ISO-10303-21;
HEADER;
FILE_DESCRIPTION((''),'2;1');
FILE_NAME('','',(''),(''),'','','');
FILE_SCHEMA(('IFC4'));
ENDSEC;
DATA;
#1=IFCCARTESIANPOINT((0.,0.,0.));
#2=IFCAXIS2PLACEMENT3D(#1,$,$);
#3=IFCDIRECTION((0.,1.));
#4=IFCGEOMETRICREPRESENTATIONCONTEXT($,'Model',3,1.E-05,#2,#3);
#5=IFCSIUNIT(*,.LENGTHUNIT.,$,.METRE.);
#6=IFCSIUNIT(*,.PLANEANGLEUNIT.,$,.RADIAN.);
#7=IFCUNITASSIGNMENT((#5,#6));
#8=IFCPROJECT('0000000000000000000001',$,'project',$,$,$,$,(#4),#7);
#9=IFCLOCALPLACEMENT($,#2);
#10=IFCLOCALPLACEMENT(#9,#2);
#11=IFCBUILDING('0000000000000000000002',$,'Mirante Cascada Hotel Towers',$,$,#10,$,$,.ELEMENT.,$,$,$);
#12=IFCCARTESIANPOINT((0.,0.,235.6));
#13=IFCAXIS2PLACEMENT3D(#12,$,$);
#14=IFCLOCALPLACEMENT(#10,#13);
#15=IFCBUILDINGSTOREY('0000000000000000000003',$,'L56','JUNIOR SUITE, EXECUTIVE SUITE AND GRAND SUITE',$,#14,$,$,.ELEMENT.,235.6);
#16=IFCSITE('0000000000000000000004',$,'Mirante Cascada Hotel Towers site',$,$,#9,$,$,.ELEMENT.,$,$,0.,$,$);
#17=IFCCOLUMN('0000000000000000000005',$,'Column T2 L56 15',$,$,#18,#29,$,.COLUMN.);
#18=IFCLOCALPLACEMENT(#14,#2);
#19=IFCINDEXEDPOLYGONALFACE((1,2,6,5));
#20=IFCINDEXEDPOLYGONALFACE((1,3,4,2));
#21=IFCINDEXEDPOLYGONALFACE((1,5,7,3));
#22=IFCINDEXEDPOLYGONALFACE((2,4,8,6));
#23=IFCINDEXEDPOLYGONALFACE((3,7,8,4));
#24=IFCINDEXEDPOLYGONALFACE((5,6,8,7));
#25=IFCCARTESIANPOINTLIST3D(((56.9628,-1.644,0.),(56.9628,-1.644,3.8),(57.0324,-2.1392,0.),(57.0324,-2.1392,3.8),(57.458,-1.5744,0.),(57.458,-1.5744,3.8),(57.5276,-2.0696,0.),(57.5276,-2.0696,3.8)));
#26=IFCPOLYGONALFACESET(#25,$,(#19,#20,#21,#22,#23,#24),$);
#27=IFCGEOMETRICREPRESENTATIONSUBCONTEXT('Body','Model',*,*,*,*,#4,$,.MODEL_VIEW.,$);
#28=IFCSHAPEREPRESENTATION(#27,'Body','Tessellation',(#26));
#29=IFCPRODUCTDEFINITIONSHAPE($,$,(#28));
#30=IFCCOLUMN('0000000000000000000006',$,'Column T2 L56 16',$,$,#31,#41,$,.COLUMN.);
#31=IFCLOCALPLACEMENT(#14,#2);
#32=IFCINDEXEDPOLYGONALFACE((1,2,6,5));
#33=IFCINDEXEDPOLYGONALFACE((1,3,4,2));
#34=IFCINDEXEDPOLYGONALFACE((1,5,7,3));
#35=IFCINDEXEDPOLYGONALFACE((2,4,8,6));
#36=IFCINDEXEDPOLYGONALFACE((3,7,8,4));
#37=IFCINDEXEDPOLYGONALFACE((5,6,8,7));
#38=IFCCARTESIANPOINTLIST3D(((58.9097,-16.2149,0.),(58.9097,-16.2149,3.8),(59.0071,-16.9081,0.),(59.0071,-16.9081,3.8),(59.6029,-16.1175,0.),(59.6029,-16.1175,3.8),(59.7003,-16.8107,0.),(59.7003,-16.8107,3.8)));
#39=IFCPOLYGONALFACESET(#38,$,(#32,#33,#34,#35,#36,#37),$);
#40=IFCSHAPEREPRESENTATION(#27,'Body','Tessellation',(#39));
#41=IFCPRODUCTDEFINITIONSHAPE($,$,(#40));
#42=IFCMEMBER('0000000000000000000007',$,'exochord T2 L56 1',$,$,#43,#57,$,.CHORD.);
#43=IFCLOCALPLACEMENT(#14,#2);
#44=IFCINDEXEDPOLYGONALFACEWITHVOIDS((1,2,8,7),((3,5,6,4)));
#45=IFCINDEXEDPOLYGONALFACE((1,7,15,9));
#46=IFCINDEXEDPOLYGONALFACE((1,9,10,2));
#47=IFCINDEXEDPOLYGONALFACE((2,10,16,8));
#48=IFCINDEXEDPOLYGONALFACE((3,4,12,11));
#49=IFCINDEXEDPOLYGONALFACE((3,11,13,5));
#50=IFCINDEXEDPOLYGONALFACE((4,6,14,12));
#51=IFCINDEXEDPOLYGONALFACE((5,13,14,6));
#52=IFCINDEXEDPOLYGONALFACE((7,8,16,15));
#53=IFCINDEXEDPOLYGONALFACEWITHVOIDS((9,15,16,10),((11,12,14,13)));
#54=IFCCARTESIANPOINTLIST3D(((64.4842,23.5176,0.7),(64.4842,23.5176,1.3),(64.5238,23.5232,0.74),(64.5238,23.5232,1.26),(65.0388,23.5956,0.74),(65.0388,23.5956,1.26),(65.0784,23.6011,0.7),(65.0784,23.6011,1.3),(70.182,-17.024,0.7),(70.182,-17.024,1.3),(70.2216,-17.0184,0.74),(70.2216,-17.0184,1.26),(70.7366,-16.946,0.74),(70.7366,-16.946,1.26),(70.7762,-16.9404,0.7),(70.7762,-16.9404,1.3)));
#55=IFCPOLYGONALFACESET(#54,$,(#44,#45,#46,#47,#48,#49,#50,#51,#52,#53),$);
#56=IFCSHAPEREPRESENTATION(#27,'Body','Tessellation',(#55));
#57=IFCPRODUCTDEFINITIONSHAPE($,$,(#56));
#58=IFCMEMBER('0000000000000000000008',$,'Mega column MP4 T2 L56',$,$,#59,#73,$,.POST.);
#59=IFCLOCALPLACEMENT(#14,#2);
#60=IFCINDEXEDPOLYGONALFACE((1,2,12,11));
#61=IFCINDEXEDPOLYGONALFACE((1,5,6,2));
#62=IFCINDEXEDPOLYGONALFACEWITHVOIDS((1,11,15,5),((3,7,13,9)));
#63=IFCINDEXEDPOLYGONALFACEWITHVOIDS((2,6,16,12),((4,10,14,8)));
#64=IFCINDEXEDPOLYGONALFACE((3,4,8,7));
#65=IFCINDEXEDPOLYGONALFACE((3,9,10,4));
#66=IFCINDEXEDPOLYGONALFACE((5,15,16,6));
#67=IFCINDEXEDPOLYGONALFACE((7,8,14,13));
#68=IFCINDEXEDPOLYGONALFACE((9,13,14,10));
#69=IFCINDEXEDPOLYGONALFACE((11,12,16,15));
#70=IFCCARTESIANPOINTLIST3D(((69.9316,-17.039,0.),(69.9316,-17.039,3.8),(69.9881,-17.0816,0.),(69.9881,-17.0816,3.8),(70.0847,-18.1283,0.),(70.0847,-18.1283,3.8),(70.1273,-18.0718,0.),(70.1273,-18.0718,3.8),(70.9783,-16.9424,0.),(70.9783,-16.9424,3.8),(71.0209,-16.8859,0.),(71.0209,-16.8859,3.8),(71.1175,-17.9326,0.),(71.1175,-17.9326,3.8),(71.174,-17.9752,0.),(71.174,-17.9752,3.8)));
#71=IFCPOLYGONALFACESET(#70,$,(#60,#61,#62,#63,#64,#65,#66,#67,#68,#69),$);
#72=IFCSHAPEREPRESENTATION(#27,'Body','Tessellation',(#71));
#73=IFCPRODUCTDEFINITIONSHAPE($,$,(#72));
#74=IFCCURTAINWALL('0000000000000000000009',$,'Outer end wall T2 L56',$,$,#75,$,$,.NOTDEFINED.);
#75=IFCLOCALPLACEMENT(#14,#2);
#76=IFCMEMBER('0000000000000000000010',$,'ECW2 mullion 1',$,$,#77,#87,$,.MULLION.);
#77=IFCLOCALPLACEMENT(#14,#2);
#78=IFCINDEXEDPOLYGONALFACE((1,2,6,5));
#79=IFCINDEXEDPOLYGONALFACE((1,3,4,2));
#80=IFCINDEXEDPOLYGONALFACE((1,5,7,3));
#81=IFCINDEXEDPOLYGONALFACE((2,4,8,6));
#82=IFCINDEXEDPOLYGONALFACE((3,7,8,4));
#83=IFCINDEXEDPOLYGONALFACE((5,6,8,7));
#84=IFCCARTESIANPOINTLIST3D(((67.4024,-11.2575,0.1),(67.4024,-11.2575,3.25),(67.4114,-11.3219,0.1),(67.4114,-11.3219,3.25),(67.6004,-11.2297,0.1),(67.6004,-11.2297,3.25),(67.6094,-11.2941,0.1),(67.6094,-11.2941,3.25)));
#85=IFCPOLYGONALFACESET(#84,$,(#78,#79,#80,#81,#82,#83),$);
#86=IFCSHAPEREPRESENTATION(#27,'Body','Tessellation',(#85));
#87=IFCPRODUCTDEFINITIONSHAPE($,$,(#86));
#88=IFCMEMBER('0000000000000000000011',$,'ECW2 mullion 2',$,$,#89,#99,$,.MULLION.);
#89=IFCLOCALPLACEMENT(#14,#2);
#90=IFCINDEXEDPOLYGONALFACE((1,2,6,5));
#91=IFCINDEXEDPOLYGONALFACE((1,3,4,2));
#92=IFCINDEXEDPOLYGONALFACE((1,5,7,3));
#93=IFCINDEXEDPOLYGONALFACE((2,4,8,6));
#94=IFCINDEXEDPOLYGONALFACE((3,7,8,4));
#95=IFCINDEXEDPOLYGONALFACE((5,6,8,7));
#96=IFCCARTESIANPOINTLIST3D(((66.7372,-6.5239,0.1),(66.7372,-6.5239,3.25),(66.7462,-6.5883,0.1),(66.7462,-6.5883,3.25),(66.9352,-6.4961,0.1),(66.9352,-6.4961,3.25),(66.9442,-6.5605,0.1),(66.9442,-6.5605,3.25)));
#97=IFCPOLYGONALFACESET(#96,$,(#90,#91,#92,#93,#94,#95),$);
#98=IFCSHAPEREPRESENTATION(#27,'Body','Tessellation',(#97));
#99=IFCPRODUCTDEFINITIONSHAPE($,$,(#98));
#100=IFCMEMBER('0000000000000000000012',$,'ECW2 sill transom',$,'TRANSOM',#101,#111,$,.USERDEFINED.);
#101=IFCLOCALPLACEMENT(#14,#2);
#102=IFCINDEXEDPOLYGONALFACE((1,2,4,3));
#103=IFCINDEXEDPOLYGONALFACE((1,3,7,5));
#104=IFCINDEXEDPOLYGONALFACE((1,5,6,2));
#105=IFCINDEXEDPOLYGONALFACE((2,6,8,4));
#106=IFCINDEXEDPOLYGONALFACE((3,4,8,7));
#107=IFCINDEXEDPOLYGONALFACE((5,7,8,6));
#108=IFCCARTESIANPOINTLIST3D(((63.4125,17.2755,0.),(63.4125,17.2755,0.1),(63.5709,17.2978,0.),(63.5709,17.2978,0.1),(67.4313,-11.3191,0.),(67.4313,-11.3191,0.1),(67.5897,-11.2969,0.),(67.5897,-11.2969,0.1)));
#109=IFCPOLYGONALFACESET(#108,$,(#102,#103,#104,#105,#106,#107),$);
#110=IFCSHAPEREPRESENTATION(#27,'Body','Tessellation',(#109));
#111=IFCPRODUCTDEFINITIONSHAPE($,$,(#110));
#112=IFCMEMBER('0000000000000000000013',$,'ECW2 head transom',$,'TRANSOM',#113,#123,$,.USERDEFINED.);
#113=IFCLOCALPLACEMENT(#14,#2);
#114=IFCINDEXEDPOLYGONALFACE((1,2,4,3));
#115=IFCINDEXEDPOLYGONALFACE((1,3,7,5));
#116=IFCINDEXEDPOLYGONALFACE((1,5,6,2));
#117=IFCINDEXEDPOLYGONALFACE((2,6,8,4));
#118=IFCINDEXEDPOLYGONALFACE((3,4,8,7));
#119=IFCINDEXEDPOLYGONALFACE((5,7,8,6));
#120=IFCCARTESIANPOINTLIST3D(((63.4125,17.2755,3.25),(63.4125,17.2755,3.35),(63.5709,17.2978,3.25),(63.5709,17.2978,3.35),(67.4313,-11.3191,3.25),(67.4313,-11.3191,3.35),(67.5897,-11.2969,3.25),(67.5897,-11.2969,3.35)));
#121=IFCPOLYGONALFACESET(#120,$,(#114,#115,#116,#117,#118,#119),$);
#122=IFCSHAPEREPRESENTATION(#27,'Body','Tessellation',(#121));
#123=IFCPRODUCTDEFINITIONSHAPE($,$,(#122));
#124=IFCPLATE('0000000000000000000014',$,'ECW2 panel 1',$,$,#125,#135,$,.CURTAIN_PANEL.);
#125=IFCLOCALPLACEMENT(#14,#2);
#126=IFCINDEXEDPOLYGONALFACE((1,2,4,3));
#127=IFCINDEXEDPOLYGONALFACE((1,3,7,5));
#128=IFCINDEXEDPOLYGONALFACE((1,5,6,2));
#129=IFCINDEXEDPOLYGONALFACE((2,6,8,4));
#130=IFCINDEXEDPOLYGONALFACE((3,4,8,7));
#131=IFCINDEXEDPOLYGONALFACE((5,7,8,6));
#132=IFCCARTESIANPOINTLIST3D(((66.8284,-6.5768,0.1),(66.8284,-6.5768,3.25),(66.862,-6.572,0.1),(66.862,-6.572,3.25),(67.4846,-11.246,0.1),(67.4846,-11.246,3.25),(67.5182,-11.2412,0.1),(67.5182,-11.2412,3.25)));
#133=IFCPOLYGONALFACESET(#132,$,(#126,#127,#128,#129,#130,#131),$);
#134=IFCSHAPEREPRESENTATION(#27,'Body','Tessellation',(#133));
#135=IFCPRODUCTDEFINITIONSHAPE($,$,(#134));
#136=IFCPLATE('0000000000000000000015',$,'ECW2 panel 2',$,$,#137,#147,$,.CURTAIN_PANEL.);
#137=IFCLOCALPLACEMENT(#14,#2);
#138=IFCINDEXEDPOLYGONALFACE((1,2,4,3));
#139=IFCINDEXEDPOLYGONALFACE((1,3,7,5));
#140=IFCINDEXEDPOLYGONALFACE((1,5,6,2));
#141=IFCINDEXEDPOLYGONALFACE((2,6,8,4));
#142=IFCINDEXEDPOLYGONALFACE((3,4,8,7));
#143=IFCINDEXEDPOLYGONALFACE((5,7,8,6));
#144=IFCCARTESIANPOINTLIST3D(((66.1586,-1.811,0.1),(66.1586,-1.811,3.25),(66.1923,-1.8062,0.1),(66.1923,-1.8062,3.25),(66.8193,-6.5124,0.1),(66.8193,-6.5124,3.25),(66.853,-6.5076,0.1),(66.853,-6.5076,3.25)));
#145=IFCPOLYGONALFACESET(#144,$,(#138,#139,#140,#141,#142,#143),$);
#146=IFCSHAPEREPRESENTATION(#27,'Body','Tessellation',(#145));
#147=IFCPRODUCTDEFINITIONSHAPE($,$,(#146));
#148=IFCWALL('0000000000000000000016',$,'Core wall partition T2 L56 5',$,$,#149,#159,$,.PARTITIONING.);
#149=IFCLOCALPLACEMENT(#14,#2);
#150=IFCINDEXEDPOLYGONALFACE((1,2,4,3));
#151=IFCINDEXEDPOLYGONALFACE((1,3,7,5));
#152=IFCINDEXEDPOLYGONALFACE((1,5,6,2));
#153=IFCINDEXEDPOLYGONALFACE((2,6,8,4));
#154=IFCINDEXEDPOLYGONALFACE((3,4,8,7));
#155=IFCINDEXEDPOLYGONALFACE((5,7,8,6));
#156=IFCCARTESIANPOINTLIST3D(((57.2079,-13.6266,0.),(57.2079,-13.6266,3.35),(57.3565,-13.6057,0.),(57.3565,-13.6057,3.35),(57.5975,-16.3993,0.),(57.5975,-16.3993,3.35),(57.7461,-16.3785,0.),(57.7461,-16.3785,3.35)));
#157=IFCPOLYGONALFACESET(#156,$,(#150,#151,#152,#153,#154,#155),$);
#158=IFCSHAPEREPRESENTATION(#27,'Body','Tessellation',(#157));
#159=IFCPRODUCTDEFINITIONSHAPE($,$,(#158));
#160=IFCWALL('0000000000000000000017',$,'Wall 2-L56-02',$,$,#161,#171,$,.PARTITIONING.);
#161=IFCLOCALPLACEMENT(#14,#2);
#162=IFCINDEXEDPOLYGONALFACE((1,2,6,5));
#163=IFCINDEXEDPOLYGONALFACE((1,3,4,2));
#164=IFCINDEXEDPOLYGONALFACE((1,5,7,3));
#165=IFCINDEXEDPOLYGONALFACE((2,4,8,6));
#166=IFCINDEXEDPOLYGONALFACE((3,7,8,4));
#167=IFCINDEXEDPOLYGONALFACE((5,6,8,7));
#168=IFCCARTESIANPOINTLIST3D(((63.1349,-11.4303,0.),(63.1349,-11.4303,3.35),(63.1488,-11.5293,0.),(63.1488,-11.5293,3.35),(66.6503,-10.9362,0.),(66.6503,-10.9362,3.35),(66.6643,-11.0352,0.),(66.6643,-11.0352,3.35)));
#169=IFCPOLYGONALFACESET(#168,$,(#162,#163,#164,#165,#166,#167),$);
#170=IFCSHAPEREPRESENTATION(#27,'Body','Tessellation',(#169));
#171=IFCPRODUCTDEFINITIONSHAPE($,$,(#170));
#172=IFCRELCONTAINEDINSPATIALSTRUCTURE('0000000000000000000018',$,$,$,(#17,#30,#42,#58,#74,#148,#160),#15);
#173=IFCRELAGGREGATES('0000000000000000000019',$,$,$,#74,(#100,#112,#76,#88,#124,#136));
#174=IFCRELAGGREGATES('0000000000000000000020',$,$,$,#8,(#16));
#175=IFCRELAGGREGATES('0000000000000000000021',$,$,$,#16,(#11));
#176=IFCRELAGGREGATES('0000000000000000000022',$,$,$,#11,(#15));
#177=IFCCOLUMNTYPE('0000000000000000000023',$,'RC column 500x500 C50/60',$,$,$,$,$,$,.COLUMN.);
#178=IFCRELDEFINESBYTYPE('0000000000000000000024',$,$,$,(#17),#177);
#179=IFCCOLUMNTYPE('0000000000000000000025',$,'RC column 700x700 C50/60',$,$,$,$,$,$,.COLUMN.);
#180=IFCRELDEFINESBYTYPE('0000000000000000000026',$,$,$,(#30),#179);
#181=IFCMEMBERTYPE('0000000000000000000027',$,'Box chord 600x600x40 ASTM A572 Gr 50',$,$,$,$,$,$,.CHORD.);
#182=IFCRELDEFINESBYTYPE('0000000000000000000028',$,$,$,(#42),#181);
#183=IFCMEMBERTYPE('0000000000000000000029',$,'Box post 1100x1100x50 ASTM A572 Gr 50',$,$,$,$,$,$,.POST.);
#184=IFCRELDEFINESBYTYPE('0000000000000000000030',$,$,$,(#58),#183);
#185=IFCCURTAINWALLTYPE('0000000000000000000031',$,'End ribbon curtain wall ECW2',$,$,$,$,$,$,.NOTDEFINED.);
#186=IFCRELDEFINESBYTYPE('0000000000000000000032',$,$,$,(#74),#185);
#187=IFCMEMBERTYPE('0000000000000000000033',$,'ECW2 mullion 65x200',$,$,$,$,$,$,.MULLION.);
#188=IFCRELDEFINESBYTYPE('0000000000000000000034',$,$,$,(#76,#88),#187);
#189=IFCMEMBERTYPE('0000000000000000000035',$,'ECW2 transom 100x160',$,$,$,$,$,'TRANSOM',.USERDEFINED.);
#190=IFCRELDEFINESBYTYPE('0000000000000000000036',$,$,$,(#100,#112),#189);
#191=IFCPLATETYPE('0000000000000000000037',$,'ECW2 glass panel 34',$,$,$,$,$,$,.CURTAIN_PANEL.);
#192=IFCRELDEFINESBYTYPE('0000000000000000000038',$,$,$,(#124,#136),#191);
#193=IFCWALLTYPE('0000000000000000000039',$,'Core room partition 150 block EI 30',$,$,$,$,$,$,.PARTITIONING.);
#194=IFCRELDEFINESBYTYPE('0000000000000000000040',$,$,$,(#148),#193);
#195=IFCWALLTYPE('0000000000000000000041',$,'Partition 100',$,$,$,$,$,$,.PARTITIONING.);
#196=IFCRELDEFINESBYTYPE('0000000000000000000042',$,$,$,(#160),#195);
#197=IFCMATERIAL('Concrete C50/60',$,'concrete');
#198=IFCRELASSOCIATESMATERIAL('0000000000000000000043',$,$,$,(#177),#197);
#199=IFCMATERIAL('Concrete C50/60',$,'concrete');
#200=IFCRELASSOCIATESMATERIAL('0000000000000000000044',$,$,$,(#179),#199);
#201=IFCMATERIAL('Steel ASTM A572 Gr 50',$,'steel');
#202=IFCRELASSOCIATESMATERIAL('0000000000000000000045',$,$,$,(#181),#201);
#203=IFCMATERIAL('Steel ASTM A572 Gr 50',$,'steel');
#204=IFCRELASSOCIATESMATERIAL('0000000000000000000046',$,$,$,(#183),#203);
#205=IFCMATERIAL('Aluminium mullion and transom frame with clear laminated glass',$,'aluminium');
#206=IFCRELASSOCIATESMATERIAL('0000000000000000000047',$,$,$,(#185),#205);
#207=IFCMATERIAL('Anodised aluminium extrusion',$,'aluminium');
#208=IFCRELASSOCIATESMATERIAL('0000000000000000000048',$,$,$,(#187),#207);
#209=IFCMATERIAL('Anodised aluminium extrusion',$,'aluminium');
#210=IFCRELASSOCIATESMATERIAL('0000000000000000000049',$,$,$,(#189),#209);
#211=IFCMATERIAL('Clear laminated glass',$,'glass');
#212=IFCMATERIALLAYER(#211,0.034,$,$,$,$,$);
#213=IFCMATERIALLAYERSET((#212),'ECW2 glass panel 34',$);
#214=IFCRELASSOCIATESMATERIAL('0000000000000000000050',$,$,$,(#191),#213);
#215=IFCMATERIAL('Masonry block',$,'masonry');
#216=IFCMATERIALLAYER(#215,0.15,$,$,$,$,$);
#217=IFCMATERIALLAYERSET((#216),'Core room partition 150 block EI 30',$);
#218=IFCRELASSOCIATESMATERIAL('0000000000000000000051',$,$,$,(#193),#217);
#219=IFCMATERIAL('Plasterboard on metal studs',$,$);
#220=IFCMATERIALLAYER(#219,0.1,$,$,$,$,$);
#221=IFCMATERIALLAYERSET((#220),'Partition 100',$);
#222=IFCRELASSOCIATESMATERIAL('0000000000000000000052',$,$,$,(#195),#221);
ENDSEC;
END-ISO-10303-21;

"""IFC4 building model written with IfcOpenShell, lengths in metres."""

from ifc_helpers import new_model, si_unit, direction, frame, frame_2d, origin, origin_2d, place, context, subcontext, project, spatial, rectangle, hollow_rectangle, extrude, material, layer, layer_set, material_profile, profile_set, type_object, element, aggregate, save


model = new_model("IFC4")

# Units and contexts
model_context = context("Model", 3, precision=1e-05, world=origin(), true_north=direction((0.0, 1.0)))
body_context = subcontext(model_context, "Body", "Model", "MODEL_VIEW")
ifc_project = project(units=[si_unit("LENGTHUNIT", "METRE"), si_unit("PLANEANGLEUNIT", "RADIAN")], contexts=[model_context])

# Site, building, storey
site_placement = place(None, origin())
site = spatial("IfcSite", under=ifc_project, at=site_placement, Name="Mirante Cascada Hotel Towers site", CompositionType="ELEMENT", RefElevation=0.0)
building_placement = place(site_placement, origin())
building = spatial("IfcBuilding", under=site, at=building_placement, Name="Mirante Cascada Hotel Towers", CompositionType="ELEMENT")
storey_placement = place(building_placement, frame((0.0, 0.0, 235.6)))
storey = spatial("IfcBuildingStorey", under=building, at=storey_placement, Name="L56", Description="JUNIOR SUITE, EXECUTIVE SUITE AND GRAND SUITE", CompositionType="ELEMENT", Elevation=235.6)

# Columns
ifc_material_1 = material(Name="Concrete C50/60", Category="concrete")
ifc_material_profile_1 = material_profile(ifc_material_1, rectangle(XDim=0.5, YDim=0.5, at=origin_2d()), Name="RC column 500x500 C50/60")
ifc_profile_set_1 = profile_set([ifc_material_profile_1], Name="Concrete C50/60")
column_type_1 = type_object("IfcColumnType", Name="RC column 500x500 C50/60", PredefinedType="COLUMN", material=ifc_profile_set_1)
column_1_placement = place(storey_placement, frame((57.2452, -1.8568, 0.0), z_axis=(0.0, 0.0, 1.0), x_axis=(0.990268, 0.139173, 0.0)))
element("IfcColumn", 1, at=column_1_placement, inside=storey, type_object=column_type_1, Name="Column T2 L56 15", PredefinedType="COLUMN", context=body_context, shape_type="SweptSolid", body=[
    extrude(rectangle(XDim=0.5, YDim=0.5, at=origin_2d()), origin(), (0.0, 0.0, 1.0), 3.8),
])
ifc_material_2 = material(Name="Concrete C50/60", Category="concrete")
ifc_material_profile_2 = material_profile(ifc_material_2, rectangle(XDim=0.7, YDim=0.7, at=origin_2d()), Name="RC column 700x700 C50/60")
ifc_profile_set_2 = profile_set([ifc_material_profile_2], Name="Concrete C50/60")
column_type_2 = type_object("IfcColumnType", Name="RC column 700x700 C50/60", PredefinedType="COLUMN", material=ifc_profile_set_2)
column_2_placement = place(storey_placement, frame((59.305, -16.5128, 0.0), z_axis=(0.0, 0.0, 1.0), x_axis=(0.990268, 0.139173, 0.0)))
element("IfcColumn", 2, at=column_2_placement, inside=storey, type_object=column_type_2, Name="Column T2 L56 16", PredefinedType="COLUMN", context=body_context, shape_type="SweptSolid", body=[
    extrude(rectangle(XDim=0.7, YDim=0.7, at=origin_2d()), origin(), (0.0, 0.0, 1.0), 3.8),
])

# Members
ifc_material_3 = material(Name="Steel ASTM A572 Gr 50", Category="steel")
ifc_material_profile_3 = material_profile(ifc_material_3, hollow_rectangle(XDim=0.6, YDim=0.6, WallThickness=0.04, at=origin_2d()), Name="Box chord 600x600x40 ASTM A572 Gr 50")
ifc_profile_set_3 = profile_set([ifc_material_profile_3], Name="Steel ASTM A572 Gr 50")
member_type_1 = type_object("IfcMemberType", Name="Box chord 600x600x40 ASTM A572 Gr 50", PredefinedType="CHORD", material=ifc_profile_set_3)
member_1_placement = place(storey_placement, frame((70.4791, -16.9822, 1.0), z_axis=(-0.139174, 0.990268, 0.0), x_axis=(-0.990268, -0.139174, 0.0)))
element("IfcMember", 3, at=member_1_placement, inside=storey, type_object=member_type_1, Name="exochord T2 L56 1", PredefinedType="CHORD", context=body_context, shape_type="SweptSolid", body=[
    extrude(hollow_rectangle(XDim=0.6, YDim=0.6, WallThickness=0.04, at=origin_2d()), origin(), (0.0, 0.0, 1.0), 40.94),
])
ifc_material_4 = material(Name="Steel ASTM A572 Gr 50", Category="steel")
ifc_material_profile_4 = material_profile(ifc_material_4, hollow_rectangle(XDim=1.1, YDim=1.1, WallThickness=0.05, at=origin_2d()), Name="Box post 1100x1100x50 ASTM A572 Gr 50")
ifc_profile_set_4 = profile_set([ifc_material_profile_4], Name="Steel ASTM A572 Gr 50")
member_type_2 = type_object("IfcMemberType", Name="Box post 1100x1100x50 ASTM A572 Gr 50", PredefinedType="POST", material=ifc_profile_set_4)
member_2_placement = place(storey_placement, frame((70.5528, -17.5071, 0.0), z_axis=(0.0, 0.0, 1.0), x_axis=(0.990268, 0.139173, 0.0)))
element("IfcMember", 4, at=member_2_placement, inside=storey, type_object=member_type_2, Name="Mega column MP4 T2 L56", PredefinedType="POST", context=body_context, shape_type="SweptSolid", body=[
    extrude(hollow_rectangle(XDim=1.1, YDim=1.1, WallThickness=0.05, at=origin_2d()), origin(), (0.0, 0.0, 1.0), 3.8),
])

# Curtain wall, members, plates
ifc_material_5 = material(Name="Aluminium mullion and transom frame with clear laminated glass", Category="aluminium")
curtain_wall_type = type_object("IfcCurtainWallType", Name="End ribbon curtain wall ECW2", PredefinedType="NOTDEFINED", material=ifc_material_5)
curtain_wall_placement = place(storey_placement, origin())
curtain_wall = element("IfcCurtainWall", 5, at=curtain_wall_placement, inside=storey, type_object=curtain_wall_type, Name="Outer end wall T2 L56", PredefinedType="NOTDEFINED")
ifc_material_6 = material(Name="Anodised aluminium extrusion", Category="aluminium")
ifc_material_profile_5 = material_profile(ifc_material_6, rectangle(XDim=0.2, YDim=0.065, at=origin_2d()), Name="ECW2 MULLION 65x200")
ifc_profile_set_5 = profile_set([ifc_material_profile_5], Name="Anodised aluminium extrusion")
member_type_3 = type_object("IfcMemberType", Name="ECW2 mullion 65x200", PredefinedType="MULLION", material=ifc_profile_set_5)
member_3_placement = place(storey_placement, frame((67.5059, -11.2758, 0.1), z_axis=(0.0, 0.0, 1.0), x_axis=(-0.990268, -0.139173, 0.0)))
member_3 = element("IfcMember", 6, at=member_3_placement, type_object=member_type_3, Name="ECW2 mullion 1", PredefinedType="MULLION", context=body_context, shape_type="SweptSolid", body=[
    extrude(rectangle(XDim=0.2, YDim=0.065, at=origin_2d()), origin(), (0.0, 0.0, 1.0), 3.15),
])
member_4_placement = place(storey_placement, frame((66.8407, -6.5422, 0.1), z_axis=(0.0, 0.0, 1.0), x_axis=(-0.990268, -0.139173, 0.0)))
member_4 = element("IfcMember", 7, at=member_4_placement, type_object=member_type_3, Name="ECW2 mullion 2", PredefinedType="MULLION", context=body_context, shape_type="SweptSolid", body=[
    extrude(rectangle(XDim=0.2, YDim=0.065, at=origin_2d()), origin(), (0.0, 0.0, 1.0), 3.15),
])
ifc_material_7 = material(Name="Anodised aluminium extrusion", Category="aluminium")
ifc_material_profile_6 = material_profile(ifc_material_7, rectangle(XDim=0.16, YDim=0.1, at=origin_2d()), Name="ECW2 TRANSOM 100x160")
ifc_profile_set_6 = profile_set([ifc_material_profile_6], Name="Anodised aluminium extrusion")
member_type_4 = type_object("IfcMemberType", Name="ECW2 transom 100x160", ElementType="TRANSOM", PredefinedType="USERDEFINED", material=ifc_profile_set_6)
member_5_placement = place(storey_placement, frame((67.5105, -11.308, 0.05), z_axis=(-0.139176, 0.990268, 0.0), x_axis=(-0.990268, -0.139176, 0.0)))
member_5 = element("IfcMember", 8, at=member_5_placement, type_object=member_type_4, Name="ECW2 sill transom", ObjectType="TRANSOM", PredefinedType="USERDEFINED", context=body_context, shape_type="SweptSolid", body=[
    extrude(rectangle(XDim=0.16, YDim=0.1, at=origin_2d()), origin(), (0.0, 0.0, 1.0), 28.8757),
])
member_6_placement = place(storey_placement, frame((67.5105, -11.308, 3.3), z_axis=(-0.139176, 0.990268, 0.0), x_axis=(-0.990268, -0.139176, 0.0)))
member_6 = element("IfcMember", 9, at=member_6_placement, type_object=member_type_4, Name="ECW2 head transom", ObjectType="TRANSOM", PredefinedType="USERDEFINED", context=body_context, shape_type="SweptSolid", body=[
    extrude(rectangle(XDim=0.16, YDim=0.1, at=origin_2d()), origin(), (0.0, 0.0, 1.0), 28.8757),
])
ifc_material_8 = material(Name="Clear laminated glass", Category="glass")
ifc_layer_1 = layer(ifc_material_8, 0.034)
ifc_layer_set_1 = layer_set([ifc_layer_1], Name="ECW2 glass panel 34")
plate_type = type_object("IfcPlateType", Name="ECW2 glass panel 34", PredefinedType="CURTAIN_PANEL", material=ifc_layer_set_1)
plate_1_placement = place(storey_placement, frame((67.1733, -8.909, 0.1), z_axis=(0.0, 0.0, 1.0), x_axis=(-0.139173, 0.990268, 0.0)))
plate_1 = element("IfcPlate", 10, at=plate_1_placement, type_object=plate_type, Name="ECW2 panel 1", PredefinedType="CURTAIN_PANEL", context=body_context, shape_type="SweptSolid", body=[
    extrude(rectangle(XDim=4.7151, YDim=0.034, at=origin_2d()), origin(), (0.0, 0.0, 1.0), 3.15),
])
plate_2_placement = place(storey_placement, frame((66.5058, -4.1593, 0.1), z_axis=(0.0, 0.0, 1.0), x_axis=(-0.139173, 0.990268, 0.0)))
plate_2 = element("IfcPlate", 11, at=plate_2_placement, type_object=plate_type, Name="ECW2 panel 2", PredefinedType="CURTAIN_PANEL", context=body_context, shape_type="SweptSolid", body=[
    extrude(rectangle(XDim=4.7476, YDim=0.034, at=origin_2d()), origin(), (0.0, 0.0, 1.0), 3.15),
])
aggregate(curtain_wall, [member_5, member_6, member_3, member_4, plate_1, plate_2])

# Walls
ifc_material_9 = material(Name="Masonry block", Category="masonry")
ifc_layer_2 = layer(ifc_material_9, 0.15)
ifc_layer_set_2 = layer_set([ifc_layer_2], Name="Core room partition 150 block EI 30")
wall_type_1 = type_object("IfcWallType", Name="Core room partition 150 block EI 30", PredefinedType="PARTITIONING", material=ifc_layer_set_2)
wall_1_placement = place(storey_placement, frame((57.6718, -16.3889, 0.0), z_axis=(0.0, 0.0, 1.0), x_axis=(-0.139141, 0.990273, 0.0)))
element("IfcWall", 12, at=wall_1_placement, inside=storey, type_object=wall_type_1, Name="Core wall partition T2 L56 5", PredefinedType="PARTITIONING", context=body_context, shape_type="SweptSolid", body=[
    extrude(rectangle(XDim=2.8, YDim=0.15, at=frame_2d((1.4, 0.0))), origin(), (0.0, 0.0, 1.0), 3.35),
])
ifc_material_10 = material(Name="Plasterboard on metal studs")
ifc_layer_3 = layer(ifc_material_10, 0.1)
ifc_layer_set_3 = layer_set([ifc_layer_3], Name="Partition 100")
wall_type_2 = type_object("IfcWallType", Name="Partition 100", PredefinedType="PARTITIONING", material=ifc_layer_set_3)
wall_2_placement = place(storey_placement, frame((66.6573, -10.9857, 0.0), z_axis=(0.0, 0.0, 1.0), x_axis=(-0.990266, -0.139185, 0.0)))
element("IfcWall", 13, at=wall_2_placement, inside=storey, type_object=wall_type_2, Name="Wall 2-L56-02", PredefinedType="PARTITIONING", context=body_context, shape_type="SweptSolid", body=[
    extrude(rectangle(XDim=3.55, YDim=0.1, at=frame_2d((1.775, 0.0))), origin(), (0.0, 0.0, 1.0), 3.35),
])

save(model, "model.ifc")
